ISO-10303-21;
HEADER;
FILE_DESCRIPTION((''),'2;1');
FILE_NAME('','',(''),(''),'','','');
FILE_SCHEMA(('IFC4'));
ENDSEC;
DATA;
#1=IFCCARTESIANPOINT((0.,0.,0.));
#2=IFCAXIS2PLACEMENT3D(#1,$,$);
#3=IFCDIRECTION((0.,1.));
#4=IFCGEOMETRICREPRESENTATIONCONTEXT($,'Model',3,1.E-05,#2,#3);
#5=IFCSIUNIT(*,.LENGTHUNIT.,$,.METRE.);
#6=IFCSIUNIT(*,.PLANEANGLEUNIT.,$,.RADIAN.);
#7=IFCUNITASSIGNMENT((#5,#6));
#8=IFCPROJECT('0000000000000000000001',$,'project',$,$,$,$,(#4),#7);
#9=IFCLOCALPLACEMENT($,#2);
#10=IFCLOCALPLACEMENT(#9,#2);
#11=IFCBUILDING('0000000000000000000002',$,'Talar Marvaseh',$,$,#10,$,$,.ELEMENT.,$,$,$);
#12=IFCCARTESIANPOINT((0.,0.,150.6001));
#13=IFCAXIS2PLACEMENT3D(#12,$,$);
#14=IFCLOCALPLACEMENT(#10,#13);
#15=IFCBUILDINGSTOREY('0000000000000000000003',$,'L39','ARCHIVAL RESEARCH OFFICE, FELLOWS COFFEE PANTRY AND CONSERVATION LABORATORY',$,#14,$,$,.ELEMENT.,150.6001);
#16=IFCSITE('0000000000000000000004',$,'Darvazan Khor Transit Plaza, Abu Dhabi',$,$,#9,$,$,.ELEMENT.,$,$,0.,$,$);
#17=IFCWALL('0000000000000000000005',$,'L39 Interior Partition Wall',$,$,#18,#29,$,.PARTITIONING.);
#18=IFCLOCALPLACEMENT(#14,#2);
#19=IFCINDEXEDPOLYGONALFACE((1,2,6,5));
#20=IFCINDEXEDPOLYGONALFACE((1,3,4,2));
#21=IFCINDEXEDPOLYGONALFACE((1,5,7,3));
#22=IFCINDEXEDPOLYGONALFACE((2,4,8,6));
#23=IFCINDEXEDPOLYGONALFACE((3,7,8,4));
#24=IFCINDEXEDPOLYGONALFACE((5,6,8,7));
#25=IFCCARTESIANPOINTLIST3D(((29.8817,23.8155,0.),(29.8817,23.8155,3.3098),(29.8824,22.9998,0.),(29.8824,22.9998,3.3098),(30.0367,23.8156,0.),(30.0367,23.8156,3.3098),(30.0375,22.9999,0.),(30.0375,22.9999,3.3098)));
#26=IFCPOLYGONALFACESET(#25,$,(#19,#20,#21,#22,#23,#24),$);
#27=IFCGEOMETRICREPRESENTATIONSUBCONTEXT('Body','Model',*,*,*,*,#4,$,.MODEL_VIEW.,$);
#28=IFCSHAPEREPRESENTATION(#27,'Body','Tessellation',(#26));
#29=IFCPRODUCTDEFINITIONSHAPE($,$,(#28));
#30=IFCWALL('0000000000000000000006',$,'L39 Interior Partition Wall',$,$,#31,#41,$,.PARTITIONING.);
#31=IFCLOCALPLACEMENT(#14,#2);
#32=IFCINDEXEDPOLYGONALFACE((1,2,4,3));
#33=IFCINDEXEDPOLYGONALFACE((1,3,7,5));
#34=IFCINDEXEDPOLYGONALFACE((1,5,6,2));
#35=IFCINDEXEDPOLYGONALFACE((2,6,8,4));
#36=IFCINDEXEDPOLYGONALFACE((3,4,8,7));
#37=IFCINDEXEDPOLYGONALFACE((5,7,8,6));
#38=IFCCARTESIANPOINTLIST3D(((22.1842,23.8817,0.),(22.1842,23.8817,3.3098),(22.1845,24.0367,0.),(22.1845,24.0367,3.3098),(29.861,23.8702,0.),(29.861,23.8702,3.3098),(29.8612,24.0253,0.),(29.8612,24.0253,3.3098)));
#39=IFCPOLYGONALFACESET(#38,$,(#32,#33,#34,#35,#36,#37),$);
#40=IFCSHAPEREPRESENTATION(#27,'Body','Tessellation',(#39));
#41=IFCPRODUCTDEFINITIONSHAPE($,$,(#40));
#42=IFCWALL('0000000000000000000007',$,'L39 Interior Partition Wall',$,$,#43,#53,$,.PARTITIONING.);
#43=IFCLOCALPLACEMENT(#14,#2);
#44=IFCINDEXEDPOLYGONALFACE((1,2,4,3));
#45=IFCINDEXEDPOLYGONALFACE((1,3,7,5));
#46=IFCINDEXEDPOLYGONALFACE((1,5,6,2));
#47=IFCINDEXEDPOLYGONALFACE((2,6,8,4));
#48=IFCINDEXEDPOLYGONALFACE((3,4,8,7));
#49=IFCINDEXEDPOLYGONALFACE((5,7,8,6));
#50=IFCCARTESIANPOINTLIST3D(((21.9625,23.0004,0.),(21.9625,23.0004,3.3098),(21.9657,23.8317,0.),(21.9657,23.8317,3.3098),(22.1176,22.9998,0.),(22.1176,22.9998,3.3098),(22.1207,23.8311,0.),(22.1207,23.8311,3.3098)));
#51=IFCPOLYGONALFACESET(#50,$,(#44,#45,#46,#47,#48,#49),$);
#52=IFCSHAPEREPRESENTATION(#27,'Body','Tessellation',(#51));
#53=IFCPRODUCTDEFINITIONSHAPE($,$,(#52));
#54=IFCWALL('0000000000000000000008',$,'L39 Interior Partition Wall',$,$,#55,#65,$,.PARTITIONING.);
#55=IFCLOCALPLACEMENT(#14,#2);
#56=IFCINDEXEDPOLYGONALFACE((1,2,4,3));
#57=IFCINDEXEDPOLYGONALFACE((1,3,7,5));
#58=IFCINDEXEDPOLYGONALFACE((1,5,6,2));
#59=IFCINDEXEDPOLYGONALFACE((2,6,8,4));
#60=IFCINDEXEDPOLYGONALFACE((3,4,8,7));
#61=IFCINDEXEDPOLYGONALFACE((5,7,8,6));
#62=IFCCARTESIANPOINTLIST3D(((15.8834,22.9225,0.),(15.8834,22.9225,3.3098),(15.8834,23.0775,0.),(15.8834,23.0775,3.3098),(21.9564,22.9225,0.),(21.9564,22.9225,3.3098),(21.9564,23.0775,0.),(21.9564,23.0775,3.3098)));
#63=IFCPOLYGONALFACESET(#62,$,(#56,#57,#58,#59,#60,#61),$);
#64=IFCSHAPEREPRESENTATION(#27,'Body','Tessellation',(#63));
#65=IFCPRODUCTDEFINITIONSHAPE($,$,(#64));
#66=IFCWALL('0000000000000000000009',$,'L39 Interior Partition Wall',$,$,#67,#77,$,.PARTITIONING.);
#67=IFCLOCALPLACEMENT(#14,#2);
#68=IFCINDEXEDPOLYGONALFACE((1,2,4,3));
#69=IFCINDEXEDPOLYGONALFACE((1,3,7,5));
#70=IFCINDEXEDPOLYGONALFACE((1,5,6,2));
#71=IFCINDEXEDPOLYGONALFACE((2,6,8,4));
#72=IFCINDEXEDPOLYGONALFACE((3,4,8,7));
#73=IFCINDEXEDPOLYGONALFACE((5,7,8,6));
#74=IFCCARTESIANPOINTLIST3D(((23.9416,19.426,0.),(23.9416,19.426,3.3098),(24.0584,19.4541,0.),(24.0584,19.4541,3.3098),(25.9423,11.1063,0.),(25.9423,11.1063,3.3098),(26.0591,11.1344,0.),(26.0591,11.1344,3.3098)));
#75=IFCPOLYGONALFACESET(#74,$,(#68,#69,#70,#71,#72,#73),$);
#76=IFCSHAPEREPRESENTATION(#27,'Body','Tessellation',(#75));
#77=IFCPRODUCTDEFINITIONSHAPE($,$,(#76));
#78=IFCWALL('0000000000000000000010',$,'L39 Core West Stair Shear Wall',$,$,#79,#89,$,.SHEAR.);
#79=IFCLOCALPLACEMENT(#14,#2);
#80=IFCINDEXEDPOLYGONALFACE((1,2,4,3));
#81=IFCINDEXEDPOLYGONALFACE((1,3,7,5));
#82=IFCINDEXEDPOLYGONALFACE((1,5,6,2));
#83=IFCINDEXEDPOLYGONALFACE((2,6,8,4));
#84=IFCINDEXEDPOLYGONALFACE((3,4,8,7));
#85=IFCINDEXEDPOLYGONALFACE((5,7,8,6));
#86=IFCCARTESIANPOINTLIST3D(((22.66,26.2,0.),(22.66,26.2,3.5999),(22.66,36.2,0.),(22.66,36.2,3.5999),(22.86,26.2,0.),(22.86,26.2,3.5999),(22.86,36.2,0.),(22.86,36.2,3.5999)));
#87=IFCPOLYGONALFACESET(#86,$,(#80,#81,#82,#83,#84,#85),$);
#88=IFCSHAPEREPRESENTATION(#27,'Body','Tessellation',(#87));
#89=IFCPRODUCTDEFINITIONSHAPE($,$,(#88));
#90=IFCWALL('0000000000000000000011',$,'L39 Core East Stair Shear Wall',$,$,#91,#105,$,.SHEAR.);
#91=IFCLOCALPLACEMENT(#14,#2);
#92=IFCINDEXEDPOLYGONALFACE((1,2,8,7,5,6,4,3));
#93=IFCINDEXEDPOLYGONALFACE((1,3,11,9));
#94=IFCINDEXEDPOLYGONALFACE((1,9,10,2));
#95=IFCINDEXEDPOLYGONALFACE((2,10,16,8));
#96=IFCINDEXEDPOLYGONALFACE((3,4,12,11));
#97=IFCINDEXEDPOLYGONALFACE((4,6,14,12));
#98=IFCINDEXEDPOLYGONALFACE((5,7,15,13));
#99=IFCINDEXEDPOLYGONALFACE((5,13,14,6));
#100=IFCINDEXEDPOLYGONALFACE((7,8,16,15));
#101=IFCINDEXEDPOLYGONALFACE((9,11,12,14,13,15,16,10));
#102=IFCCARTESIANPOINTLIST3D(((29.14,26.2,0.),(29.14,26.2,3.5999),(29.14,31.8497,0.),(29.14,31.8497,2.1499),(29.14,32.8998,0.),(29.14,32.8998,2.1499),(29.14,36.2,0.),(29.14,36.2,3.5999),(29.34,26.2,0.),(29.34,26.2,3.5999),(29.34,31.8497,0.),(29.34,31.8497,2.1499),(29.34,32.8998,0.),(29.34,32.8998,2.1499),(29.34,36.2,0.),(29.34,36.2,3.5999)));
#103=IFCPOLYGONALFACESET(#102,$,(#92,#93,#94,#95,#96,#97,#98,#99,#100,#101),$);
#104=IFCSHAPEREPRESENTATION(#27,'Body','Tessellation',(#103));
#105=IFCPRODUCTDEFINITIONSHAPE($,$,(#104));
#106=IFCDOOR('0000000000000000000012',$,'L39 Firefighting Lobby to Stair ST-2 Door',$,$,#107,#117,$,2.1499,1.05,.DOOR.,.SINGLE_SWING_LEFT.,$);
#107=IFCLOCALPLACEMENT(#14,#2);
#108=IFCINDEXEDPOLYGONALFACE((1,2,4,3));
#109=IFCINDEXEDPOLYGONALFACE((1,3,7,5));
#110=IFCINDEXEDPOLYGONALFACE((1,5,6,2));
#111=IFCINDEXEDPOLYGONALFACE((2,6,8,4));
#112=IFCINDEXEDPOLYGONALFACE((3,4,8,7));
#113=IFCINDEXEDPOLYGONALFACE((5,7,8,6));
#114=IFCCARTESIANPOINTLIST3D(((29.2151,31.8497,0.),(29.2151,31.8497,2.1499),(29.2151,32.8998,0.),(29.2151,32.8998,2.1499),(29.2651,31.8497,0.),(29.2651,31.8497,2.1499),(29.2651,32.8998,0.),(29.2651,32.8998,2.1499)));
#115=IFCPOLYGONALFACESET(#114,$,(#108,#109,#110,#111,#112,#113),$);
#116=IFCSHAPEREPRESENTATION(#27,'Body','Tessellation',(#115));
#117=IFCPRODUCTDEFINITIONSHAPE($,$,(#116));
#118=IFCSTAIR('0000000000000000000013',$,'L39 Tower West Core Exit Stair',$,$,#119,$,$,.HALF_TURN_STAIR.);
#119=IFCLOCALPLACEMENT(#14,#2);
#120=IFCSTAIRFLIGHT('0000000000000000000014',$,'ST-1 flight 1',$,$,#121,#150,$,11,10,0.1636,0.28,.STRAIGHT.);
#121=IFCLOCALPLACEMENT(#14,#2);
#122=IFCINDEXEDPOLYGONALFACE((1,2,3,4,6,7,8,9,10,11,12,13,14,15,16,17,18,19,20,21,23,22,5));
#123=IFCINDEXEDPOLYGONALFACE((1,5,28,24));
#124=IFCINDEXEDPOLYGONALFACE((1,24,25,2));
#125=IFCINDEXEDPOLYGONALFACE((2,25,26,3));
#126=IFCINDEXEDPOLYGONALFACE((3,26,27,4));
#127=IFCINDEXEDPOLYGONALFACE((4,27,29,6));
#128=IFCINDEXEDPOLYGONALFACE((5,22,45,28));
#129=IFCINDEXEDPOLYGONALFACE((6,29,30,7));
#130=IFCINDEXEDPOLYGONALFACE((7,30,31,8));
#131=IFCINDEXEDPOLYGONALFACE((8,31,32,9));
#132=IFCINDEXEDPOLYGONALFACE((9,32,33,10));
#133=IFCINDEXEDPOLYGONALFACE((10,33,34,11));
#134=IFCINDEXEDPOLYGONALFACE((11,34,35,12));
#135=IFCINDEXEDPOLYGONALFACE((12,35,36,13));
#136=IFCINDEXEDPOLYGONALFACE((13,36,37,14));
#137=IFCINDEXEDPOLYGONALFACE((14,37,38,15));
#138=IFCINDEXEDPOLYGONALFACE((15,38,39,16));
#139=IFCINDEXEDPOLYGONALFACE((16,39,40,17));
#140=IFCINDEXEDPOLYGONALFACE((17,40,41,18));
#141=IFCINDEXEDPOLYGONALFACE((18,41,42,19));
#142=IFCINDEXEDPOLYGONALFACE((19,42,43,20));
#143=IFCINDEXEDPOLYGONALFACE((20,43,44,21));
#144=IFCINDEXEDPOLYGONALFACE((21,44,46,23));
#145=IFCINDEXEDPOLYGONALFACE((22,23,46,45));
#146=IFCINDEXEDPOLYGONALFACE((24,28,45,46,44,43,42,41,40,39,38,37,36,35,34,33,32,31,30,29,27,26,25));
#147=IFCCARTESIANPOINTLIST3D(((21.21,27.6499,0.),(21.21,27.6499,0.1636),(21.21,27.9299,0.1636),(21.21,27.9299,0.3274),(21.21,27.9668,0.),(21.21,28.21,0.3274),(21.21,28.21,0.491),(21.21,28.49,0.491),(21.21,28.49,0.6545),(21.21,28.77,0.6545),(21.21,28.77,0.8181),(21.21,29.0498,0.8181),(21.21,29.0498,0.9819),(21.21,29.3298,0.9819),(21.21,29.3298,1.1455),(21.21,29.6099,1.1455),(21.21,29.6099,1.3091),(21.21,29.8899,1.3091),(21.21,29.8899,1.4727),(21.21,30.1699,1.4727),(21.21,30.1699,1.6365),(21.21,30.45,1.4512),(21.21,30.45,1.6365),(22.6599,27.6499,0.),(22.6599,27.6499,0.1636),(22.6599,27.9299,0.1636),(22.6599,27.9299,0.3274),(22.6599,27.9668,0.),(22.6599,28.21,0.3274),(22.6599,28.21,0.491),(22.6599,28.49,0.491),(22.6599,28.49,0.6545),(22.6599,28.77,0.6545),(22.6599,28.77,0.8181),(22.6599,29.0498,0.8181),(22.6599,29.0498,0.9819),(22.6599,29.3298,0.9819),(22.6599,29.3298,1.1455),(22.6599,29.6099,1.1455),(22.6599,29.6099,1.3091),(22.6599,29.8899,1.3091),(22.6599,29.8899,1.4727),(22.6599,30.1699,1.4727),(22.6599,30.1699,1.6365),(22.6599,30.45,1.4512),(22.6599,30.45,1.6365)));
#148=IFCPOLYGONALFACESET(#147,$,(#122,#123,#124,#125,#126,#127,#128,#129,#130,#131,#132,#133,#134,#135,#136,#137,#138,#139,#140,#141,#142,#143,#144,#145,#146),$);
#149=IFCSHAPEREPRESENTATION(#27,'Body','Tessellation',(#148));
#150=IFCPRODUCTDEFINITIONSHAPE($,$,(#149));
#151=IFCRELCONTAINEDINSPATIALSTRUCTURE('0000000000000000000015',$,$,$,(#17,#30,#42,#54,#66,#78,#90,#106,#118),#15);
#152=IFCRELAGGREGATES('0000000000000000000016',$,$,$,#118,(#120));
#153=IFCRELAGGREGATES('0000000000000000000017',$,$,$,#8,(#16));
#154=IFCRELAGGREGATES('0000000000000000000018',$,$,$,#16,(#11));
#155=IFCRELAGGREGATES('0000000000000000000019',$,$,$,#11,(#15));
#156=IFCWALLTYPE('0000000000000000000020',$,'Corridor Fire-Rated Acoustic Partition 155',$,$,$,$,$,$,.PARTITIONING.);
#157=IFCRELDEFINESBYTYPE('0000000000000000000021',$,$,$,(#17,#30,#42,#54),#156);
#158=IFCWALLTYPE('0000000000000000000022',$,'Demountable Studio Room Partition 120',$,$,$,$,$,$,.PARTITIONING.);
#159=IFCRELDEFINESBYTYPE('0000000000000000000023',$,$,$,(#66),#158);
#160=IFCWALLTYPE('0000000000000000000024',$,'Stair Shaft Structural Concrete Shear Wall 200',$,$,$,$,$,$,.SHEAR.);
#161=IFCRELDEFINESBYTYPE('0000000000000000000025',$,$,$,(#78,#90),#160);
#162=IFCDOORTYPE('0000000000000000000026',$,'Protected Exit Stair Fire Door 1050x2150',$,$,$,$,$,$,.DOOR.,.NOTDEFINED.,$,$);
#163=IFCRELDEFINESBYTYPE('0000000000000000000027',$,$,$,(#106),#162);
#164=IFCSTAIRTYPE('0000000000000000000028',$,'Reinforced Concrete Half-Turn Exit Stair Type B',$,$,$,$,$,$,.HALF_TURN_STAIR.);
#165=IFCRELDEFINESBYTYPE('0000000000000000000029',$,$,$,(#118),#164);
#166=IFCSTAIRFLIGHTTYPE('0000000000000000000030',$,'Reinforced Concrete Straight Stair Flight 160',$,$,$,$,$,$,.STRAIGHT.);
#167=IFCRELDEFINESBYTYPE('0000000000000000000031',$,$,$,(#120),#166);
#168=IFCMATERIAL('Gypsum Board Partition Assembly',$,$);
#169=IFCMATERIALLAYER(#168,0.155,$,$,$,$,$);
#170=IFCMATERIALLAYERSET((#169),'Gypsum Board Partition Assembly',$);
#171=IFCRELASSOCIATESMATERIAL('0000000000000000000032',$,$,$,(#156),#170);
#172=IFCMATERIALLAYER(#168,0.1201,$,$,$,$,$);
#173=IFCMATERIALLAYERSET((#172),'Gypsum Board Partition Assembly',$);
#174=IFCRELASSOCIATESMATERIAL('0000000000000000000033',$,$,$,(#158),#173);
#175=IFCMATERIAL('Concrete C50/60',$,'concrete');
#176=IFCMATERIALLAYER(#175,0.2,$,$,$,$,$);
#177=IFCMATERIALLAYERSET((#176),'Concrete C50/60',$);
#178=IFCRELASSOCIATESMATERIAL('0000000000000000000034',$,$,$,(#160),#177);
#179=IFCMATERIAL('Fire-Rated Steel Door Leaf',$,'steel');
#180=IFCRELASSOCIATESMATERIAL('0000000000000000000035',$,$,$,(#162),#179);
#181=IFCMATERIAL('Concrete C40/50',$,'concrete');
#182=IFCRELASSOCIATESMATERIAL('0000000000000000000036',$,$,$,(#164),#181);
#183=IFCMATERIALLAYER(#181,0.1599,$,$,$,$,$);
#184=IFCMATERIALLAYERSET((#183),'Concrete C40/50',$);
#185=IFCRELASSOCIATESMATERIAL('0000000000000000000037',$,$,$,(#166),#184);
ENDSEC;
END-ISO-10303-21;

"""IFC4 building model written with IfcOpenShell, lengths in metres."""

from ifc_helpers import new_model, si_unit, direction, frame, frame_2d, origin, place, context, subcontext, project, spatial, polyline, rectangle, outline, extrude, source, transform, mapped, material, layer, layer_set, type_object, type_shapes, element, fill, aggregate, save


model = new_model("IFC4")

# Units and contexts
model_context = context("Model", 3, precision=1e-05, world=origin(), true_north=direction((0.0, 1.0)))
body_context = subcontext(model_context, "Body", "Model", "MODEL_VIEW")
ifc_project = project(units=[si_unit("LENGTHUNIT", "METRE"), si_unit("PLANEANGLEUNIT", "RADIAN")], contexts=[model_context])

# Site, building, storey
site_placement = place(None, origin())
site = spatial("IfcSite", under=ifc_project, at=site_placement, Name="Darvazan Khor Transit Plaza, Abu Dhabi", CompositionType="ELEMENT", RefElevation=0.0)
building_placement = place(site_placement, origin())
building = spatial("IfcBuilding", under=site, at=building_placement, Name="Talar Marvaseh", CompositionType="ELEMENT")
storey_placement = place(building_placement, frame((0.0, 0.0, 150.6001)))
storey = spatial("IfcBuildingStorey", under=building, at=storey_placement, Name="L39", Description="ARCHIVAL RESEARCH OFFICE, FELLOWS COFFEE PANTRY AND CONSERVATION LABORATORY", CompositionType="ELEMENT", Elevation=150.6001)

# Shared definitions
ifc_material_1 = material(Name="Concrete C40/50", Category="concrete")

# Shared definitions
ifc_material_2 = material(Name="Gypsum Board Partition Assembly")
ifc_layer_1 = layer(ifc_material_2, 0.155)
ifc_layer_set_1 = layer_set([ifc_layer_1], Name="Gypsum Board Partition Assembly")
wall_type_1 = type_object("IfcWallType", Name="Corridor Fire-Rated Acoustic Partition 155", PredefinedType="PARTITIONING", material=ifc_layer_set_1)
ifc_material_3 = material(Name="Fire-Rated Steel Door Leaf", Category="steel")

# Walls
wall_1_placement = place(storey_placement, frame((29.96, 23.0, 0.0), z_axis=(0.0, 0.0, 1.0), x_axis=(-0.000898, 1.0, 0.0)))
element("IfcWall", 1, at=wall_1_placement, inside=storey, type_object=wall_type_1, Name="L39 Interior Partition Wall", PredefinedType="PARTITIONING", context=body_context, shape_type="SweptSolid", body=[
    extrude(rectangle(XDim=0.8157, YDim=0.155, at=frame_2d((0.4077, 0.0))), origin(), (0.0, 0.0, 1.0), 3.3098),
])
wall_2_placement = place(storey_placement, frame((29.8611, 23.9478, 0.0), z_axis=(0.0, 0.0, 1.0), x_axis=(-0.999999, 0.001495, 0.0)))
element("IfcWall", 2, at=wall_2_placement, inside=storey, type_object=wall_type_1, Name="L39 Interior Partition Wall", PredefinedType="PARTITIONING", context=body_context, shape_type="SweptSolid", body=[
    extrude(rectangle(XDim=7.6768, YDim=0.155, at=frame_2d((3.8384, 0.0))), origin(), (0.0, 0.0, 1.0), 3.3098),
])
wall_3_placement = place(storey_placement, frame((22.0432, 23.8313, 0.0), z_axis=(0.0, 0.0, 1.0), x_axis=(-0.003818, -0.999993, 0.0)))
element("IfcWall", 3, at=wall_3_placement, inside=storey, type_object=wall_type_1, Name="L39 Interior Partition Wall", PredefinedType="PARTITIONING", context=body_context, shape_type="SweptSolid", body=[
    extrude(rectangle(XDim=0.8313, YDim=0.155, at=frame_2d((0.4155, 0.0))), origin(), (0.0, 0.0, 1.0), 3.3098),
])
wall_4_placement = place(storey_placement, frame((21.9565, 23.0, 0.0), z_axis=(0.0, 0.0, 1.0), x_axis=(-1.0, 0.0, 0.0)))
element("IfcWall", 4, at=wall_4_placement, inside=storey, type_object=wall_type_1, Name="L39 Interior Partition Wall", PredefinedType="PARTITIONING", context=body_context, shape_type="SweptSolid", body=[
    extrude(rectangle(XDim=6.073, YDim=0.155, at=frame_2d((3.0366, 0.0))), origin(), (0.0, 0.0, 1.0), 3.3098),
])
ifc_layer_2 = layer(ifc_material_2, 0.1201)
ifc_layer_set_2 = layer_set([ifc_layer_2], Name="Gypsum Board Partition Assembly")
wall_type_2 = type_object("IfcWallType", Name="Demountable Studio Room Partition 120", PredefinedType="PARTITIONING", material=ifc_layer_set_2)
wall_5_placement = place(storey_placement, frame((24.0, 19.4399, 0.0), z_axis=(0.0, 0.0, 1.0), x_axis=(0.233819, -0.97228, 0.0)))
element("IfcWall", 5, at=wall_5_placement, inside=storey, type_object=wall_type_2, Name="L39 Interior Partition Wall", PredefinedType="PARTITIONING", context=body_context, shape_type="SweptSolid", body=[
    extrude(rectangle(XDim=8.5569, YDim=0.1201, at=frame_2d((4.2783, 0.0))), origin(), (0.0, 0.0, 1.0), 3.3098),
])
ifc_material_4 = material(Name="Concrete C50/60", Category="concrete")
ifc_layer_3 = layer(ifc_material_4, 0.2)
ifc_layer_set_3 = layer_set([ifc_layer_3], Name="Concrete C50/60")
wall_type_3 = type_object("IfcWallType", Name="Stair Shaft Structural Concrete Shear Wall 200", PredefinedType="SHEAR", material=ifc_layer_set_3)
wall_6_placement = place(storey_placement, frame((22.76, 26.2, 0.0), z_axis=(0.0, 0.0, 1.0), x_axis=(0.0, 1.0, 0.0)))
element("IfcWall", 6, at=wall_6_placement, inside=storey, type_object=wall_type_3, Name="L39 Core West Stair Shear Wall", PredefinedType="SHEAR", context=body_context, shape_type="SweptSolid", body=[
    extrude(rectangle(XDim=10.0, YDim=0.2, at=frame_2d((5.0, 0.0))), origin(), (0.0, 0.0, 1.0), 3.5999),
])

# Wall, opening, door
wall_7_placement = place(storey_placement, frame((29.24, 26.2, 0.0), z_axis=(0.0, 0.0, 1.0), x_axis=(0.0, 1.0, 0.0)))
wall_7 = element("IfcWall", 7, at=wall_7_placement, inside=storey, type_object=wall_type_3, Name="L39 Core East Stair Shear Wall", PredefinedType="SHEAR", context=body_context, shape_type="SweptSolid", body=[
    extrude(rectangle(XDim=10.0, YDim=0.2, at=frame_2d((5.0, 0.0))), origin(), (0.0, 0.0, 1.0), 3.5999),
])
opening_1_placement = place(wall_7_placement, frame((5.6499, 0.0, 0.0)))
opening_1 = element("IfcOpeningElement", 8, at=opening_1_placement, cuts=wall_7, PredefinedType="OPENING", context=body_context, shape_type="SweptSolid", body=[
    extrude(rectangle(XDim=1.05, YDim=2.1499, at=frame_2d((0.5249, 1.075))), frame((0.0, 0.1099, 0.0), z_axis=(0.0, -1.0, 0.0), x_axis=(1.0, 0.0, 0.0)), (0.0, 0.0, 1.0), 0.22),
])
door_type_1 = type_object("IfcDoorType", Name="Protected Exit Stair Fire Door 1050x2150", OperationType="NOTDEFINED", PredefinedType="DOOR", material=ifc_material_3)
shared_shape_1 = source(origin(), body_context, "Body", "SweptSolid", [
    extrude(rectangle(XDim=1.05, YDim=2.1499, at=frame_2d((0.5249, 1.075))), frame((0.0, 0.0249, 0.0), z_axis=(0.0, -1.0, 0.0), x_axis=(1.0, 0.0, 0.0)), (0.0, 0.0, 1.0), 0.05),
])
type_shapes(door_type_1, [shared_shape_1])
door_1_placement = place(opening_1_placement, origin())
door_1 = element("IfcDoor", 9, at=door_1_placement, inside=storey, type_object=door_type_1, Name="L39 Firefighting Lobby to Stair ST-2 Door", OperationType="SINGLE_SWING_LEFT", OverallHeight=2.1499, OverallWidth=1.05, PredefinedType="DOOR", context=body_context, shape_type="MappedRepresentation", body=[
    mapped(shared_shape_1, transform((0.0, 0.0, 0.0), x_axis=(1.0, 0.0, 0.0), y_axis=(0.0, 1.0, 0.0), z_axis=(0.0, 0.0, 1.0), scale=1.0)),
])
fill(opening_1, door_1)

# Stair, stair flight
stair_type = type_object("IfcStairType", Name="Reinforced Concrete Half-Turn Exit Stair Type B", PredefinedType="HALF_TURN_STAIR", material=ifc_material_1)
stair_placement = place(storey_placement, origin())
stair = element("IfcStair", 10, at=stair_placement, inside=storey, type_object=stair_type, Name="L39 Tower West Core Exit Stair", PredefinedType="HALF_TURN_STAIR")
ifc_layer_4 = layer(ifc_material_1, 0.1599)
ifc_layer_set_4 = layer_set([ifc_layer_4], Name="Concrete C40/50")
stair_flight_type = type_object("IfcStairFlightType", Name="Reinforced Concrete Straight Stair Flight 160", PredefinedType="STRAIGHT", material=ifc_layer_set_4)
stair_flight_placement = place(storey_placement, frame((21.9351, 27.6499, 0.0), z_axis=(0.0, 0.0, 1.0), x_axis=(0.0, 1.0, 0.0)))
stair_flight = element("IfcStairFlight", 11, at=stair_flight_placement, type_object=stair_flight_type, Name="ST-1 flight 1", NumberOfRisers=11, NumberOfTreads=10, PredefinedType="STRAIGHT", RiserHeight=0.1636, TreadLength=0.28, context=body_context, shape_type="SweptSolid", body=[
    extrude(outline(polyline([(0.0, 0.0), (0.0, 0.1636), (0.28, 0.1636), (0.28, 0.3274), (0.5601, 0.3274), (0.5601, 0.491), (0.8401, 0.491), (0.8401, 0.6545), (1.1201, 0.6545), (1.1201, 0.8181), (1.3999, 0.8181), (1.3999, 0.9819), (1.6799, 0.9819), (1.6799, 1.1455), (1.96, 1.1455), (1.96, 1.3091), (2.24, 1.3091), (2.24, 1.4727), (2.52, 1.4727), (2.52, 1.6365), (2.8, 1.6365), (2.8, 1.8), (2.8, 1.4512), (0.3169, 0.0), (0.0, 0.0)])), frame((0.0, 0.7251, 0.0), z_axis=(0.0, -1.0, 0.0), x_axis=(1.0, 0.0, 0.0)), (0.0, 0.0, 1.0), 1.45),
])
aggregate(stair, [stair_flight])

save(model, "model.ifc")
